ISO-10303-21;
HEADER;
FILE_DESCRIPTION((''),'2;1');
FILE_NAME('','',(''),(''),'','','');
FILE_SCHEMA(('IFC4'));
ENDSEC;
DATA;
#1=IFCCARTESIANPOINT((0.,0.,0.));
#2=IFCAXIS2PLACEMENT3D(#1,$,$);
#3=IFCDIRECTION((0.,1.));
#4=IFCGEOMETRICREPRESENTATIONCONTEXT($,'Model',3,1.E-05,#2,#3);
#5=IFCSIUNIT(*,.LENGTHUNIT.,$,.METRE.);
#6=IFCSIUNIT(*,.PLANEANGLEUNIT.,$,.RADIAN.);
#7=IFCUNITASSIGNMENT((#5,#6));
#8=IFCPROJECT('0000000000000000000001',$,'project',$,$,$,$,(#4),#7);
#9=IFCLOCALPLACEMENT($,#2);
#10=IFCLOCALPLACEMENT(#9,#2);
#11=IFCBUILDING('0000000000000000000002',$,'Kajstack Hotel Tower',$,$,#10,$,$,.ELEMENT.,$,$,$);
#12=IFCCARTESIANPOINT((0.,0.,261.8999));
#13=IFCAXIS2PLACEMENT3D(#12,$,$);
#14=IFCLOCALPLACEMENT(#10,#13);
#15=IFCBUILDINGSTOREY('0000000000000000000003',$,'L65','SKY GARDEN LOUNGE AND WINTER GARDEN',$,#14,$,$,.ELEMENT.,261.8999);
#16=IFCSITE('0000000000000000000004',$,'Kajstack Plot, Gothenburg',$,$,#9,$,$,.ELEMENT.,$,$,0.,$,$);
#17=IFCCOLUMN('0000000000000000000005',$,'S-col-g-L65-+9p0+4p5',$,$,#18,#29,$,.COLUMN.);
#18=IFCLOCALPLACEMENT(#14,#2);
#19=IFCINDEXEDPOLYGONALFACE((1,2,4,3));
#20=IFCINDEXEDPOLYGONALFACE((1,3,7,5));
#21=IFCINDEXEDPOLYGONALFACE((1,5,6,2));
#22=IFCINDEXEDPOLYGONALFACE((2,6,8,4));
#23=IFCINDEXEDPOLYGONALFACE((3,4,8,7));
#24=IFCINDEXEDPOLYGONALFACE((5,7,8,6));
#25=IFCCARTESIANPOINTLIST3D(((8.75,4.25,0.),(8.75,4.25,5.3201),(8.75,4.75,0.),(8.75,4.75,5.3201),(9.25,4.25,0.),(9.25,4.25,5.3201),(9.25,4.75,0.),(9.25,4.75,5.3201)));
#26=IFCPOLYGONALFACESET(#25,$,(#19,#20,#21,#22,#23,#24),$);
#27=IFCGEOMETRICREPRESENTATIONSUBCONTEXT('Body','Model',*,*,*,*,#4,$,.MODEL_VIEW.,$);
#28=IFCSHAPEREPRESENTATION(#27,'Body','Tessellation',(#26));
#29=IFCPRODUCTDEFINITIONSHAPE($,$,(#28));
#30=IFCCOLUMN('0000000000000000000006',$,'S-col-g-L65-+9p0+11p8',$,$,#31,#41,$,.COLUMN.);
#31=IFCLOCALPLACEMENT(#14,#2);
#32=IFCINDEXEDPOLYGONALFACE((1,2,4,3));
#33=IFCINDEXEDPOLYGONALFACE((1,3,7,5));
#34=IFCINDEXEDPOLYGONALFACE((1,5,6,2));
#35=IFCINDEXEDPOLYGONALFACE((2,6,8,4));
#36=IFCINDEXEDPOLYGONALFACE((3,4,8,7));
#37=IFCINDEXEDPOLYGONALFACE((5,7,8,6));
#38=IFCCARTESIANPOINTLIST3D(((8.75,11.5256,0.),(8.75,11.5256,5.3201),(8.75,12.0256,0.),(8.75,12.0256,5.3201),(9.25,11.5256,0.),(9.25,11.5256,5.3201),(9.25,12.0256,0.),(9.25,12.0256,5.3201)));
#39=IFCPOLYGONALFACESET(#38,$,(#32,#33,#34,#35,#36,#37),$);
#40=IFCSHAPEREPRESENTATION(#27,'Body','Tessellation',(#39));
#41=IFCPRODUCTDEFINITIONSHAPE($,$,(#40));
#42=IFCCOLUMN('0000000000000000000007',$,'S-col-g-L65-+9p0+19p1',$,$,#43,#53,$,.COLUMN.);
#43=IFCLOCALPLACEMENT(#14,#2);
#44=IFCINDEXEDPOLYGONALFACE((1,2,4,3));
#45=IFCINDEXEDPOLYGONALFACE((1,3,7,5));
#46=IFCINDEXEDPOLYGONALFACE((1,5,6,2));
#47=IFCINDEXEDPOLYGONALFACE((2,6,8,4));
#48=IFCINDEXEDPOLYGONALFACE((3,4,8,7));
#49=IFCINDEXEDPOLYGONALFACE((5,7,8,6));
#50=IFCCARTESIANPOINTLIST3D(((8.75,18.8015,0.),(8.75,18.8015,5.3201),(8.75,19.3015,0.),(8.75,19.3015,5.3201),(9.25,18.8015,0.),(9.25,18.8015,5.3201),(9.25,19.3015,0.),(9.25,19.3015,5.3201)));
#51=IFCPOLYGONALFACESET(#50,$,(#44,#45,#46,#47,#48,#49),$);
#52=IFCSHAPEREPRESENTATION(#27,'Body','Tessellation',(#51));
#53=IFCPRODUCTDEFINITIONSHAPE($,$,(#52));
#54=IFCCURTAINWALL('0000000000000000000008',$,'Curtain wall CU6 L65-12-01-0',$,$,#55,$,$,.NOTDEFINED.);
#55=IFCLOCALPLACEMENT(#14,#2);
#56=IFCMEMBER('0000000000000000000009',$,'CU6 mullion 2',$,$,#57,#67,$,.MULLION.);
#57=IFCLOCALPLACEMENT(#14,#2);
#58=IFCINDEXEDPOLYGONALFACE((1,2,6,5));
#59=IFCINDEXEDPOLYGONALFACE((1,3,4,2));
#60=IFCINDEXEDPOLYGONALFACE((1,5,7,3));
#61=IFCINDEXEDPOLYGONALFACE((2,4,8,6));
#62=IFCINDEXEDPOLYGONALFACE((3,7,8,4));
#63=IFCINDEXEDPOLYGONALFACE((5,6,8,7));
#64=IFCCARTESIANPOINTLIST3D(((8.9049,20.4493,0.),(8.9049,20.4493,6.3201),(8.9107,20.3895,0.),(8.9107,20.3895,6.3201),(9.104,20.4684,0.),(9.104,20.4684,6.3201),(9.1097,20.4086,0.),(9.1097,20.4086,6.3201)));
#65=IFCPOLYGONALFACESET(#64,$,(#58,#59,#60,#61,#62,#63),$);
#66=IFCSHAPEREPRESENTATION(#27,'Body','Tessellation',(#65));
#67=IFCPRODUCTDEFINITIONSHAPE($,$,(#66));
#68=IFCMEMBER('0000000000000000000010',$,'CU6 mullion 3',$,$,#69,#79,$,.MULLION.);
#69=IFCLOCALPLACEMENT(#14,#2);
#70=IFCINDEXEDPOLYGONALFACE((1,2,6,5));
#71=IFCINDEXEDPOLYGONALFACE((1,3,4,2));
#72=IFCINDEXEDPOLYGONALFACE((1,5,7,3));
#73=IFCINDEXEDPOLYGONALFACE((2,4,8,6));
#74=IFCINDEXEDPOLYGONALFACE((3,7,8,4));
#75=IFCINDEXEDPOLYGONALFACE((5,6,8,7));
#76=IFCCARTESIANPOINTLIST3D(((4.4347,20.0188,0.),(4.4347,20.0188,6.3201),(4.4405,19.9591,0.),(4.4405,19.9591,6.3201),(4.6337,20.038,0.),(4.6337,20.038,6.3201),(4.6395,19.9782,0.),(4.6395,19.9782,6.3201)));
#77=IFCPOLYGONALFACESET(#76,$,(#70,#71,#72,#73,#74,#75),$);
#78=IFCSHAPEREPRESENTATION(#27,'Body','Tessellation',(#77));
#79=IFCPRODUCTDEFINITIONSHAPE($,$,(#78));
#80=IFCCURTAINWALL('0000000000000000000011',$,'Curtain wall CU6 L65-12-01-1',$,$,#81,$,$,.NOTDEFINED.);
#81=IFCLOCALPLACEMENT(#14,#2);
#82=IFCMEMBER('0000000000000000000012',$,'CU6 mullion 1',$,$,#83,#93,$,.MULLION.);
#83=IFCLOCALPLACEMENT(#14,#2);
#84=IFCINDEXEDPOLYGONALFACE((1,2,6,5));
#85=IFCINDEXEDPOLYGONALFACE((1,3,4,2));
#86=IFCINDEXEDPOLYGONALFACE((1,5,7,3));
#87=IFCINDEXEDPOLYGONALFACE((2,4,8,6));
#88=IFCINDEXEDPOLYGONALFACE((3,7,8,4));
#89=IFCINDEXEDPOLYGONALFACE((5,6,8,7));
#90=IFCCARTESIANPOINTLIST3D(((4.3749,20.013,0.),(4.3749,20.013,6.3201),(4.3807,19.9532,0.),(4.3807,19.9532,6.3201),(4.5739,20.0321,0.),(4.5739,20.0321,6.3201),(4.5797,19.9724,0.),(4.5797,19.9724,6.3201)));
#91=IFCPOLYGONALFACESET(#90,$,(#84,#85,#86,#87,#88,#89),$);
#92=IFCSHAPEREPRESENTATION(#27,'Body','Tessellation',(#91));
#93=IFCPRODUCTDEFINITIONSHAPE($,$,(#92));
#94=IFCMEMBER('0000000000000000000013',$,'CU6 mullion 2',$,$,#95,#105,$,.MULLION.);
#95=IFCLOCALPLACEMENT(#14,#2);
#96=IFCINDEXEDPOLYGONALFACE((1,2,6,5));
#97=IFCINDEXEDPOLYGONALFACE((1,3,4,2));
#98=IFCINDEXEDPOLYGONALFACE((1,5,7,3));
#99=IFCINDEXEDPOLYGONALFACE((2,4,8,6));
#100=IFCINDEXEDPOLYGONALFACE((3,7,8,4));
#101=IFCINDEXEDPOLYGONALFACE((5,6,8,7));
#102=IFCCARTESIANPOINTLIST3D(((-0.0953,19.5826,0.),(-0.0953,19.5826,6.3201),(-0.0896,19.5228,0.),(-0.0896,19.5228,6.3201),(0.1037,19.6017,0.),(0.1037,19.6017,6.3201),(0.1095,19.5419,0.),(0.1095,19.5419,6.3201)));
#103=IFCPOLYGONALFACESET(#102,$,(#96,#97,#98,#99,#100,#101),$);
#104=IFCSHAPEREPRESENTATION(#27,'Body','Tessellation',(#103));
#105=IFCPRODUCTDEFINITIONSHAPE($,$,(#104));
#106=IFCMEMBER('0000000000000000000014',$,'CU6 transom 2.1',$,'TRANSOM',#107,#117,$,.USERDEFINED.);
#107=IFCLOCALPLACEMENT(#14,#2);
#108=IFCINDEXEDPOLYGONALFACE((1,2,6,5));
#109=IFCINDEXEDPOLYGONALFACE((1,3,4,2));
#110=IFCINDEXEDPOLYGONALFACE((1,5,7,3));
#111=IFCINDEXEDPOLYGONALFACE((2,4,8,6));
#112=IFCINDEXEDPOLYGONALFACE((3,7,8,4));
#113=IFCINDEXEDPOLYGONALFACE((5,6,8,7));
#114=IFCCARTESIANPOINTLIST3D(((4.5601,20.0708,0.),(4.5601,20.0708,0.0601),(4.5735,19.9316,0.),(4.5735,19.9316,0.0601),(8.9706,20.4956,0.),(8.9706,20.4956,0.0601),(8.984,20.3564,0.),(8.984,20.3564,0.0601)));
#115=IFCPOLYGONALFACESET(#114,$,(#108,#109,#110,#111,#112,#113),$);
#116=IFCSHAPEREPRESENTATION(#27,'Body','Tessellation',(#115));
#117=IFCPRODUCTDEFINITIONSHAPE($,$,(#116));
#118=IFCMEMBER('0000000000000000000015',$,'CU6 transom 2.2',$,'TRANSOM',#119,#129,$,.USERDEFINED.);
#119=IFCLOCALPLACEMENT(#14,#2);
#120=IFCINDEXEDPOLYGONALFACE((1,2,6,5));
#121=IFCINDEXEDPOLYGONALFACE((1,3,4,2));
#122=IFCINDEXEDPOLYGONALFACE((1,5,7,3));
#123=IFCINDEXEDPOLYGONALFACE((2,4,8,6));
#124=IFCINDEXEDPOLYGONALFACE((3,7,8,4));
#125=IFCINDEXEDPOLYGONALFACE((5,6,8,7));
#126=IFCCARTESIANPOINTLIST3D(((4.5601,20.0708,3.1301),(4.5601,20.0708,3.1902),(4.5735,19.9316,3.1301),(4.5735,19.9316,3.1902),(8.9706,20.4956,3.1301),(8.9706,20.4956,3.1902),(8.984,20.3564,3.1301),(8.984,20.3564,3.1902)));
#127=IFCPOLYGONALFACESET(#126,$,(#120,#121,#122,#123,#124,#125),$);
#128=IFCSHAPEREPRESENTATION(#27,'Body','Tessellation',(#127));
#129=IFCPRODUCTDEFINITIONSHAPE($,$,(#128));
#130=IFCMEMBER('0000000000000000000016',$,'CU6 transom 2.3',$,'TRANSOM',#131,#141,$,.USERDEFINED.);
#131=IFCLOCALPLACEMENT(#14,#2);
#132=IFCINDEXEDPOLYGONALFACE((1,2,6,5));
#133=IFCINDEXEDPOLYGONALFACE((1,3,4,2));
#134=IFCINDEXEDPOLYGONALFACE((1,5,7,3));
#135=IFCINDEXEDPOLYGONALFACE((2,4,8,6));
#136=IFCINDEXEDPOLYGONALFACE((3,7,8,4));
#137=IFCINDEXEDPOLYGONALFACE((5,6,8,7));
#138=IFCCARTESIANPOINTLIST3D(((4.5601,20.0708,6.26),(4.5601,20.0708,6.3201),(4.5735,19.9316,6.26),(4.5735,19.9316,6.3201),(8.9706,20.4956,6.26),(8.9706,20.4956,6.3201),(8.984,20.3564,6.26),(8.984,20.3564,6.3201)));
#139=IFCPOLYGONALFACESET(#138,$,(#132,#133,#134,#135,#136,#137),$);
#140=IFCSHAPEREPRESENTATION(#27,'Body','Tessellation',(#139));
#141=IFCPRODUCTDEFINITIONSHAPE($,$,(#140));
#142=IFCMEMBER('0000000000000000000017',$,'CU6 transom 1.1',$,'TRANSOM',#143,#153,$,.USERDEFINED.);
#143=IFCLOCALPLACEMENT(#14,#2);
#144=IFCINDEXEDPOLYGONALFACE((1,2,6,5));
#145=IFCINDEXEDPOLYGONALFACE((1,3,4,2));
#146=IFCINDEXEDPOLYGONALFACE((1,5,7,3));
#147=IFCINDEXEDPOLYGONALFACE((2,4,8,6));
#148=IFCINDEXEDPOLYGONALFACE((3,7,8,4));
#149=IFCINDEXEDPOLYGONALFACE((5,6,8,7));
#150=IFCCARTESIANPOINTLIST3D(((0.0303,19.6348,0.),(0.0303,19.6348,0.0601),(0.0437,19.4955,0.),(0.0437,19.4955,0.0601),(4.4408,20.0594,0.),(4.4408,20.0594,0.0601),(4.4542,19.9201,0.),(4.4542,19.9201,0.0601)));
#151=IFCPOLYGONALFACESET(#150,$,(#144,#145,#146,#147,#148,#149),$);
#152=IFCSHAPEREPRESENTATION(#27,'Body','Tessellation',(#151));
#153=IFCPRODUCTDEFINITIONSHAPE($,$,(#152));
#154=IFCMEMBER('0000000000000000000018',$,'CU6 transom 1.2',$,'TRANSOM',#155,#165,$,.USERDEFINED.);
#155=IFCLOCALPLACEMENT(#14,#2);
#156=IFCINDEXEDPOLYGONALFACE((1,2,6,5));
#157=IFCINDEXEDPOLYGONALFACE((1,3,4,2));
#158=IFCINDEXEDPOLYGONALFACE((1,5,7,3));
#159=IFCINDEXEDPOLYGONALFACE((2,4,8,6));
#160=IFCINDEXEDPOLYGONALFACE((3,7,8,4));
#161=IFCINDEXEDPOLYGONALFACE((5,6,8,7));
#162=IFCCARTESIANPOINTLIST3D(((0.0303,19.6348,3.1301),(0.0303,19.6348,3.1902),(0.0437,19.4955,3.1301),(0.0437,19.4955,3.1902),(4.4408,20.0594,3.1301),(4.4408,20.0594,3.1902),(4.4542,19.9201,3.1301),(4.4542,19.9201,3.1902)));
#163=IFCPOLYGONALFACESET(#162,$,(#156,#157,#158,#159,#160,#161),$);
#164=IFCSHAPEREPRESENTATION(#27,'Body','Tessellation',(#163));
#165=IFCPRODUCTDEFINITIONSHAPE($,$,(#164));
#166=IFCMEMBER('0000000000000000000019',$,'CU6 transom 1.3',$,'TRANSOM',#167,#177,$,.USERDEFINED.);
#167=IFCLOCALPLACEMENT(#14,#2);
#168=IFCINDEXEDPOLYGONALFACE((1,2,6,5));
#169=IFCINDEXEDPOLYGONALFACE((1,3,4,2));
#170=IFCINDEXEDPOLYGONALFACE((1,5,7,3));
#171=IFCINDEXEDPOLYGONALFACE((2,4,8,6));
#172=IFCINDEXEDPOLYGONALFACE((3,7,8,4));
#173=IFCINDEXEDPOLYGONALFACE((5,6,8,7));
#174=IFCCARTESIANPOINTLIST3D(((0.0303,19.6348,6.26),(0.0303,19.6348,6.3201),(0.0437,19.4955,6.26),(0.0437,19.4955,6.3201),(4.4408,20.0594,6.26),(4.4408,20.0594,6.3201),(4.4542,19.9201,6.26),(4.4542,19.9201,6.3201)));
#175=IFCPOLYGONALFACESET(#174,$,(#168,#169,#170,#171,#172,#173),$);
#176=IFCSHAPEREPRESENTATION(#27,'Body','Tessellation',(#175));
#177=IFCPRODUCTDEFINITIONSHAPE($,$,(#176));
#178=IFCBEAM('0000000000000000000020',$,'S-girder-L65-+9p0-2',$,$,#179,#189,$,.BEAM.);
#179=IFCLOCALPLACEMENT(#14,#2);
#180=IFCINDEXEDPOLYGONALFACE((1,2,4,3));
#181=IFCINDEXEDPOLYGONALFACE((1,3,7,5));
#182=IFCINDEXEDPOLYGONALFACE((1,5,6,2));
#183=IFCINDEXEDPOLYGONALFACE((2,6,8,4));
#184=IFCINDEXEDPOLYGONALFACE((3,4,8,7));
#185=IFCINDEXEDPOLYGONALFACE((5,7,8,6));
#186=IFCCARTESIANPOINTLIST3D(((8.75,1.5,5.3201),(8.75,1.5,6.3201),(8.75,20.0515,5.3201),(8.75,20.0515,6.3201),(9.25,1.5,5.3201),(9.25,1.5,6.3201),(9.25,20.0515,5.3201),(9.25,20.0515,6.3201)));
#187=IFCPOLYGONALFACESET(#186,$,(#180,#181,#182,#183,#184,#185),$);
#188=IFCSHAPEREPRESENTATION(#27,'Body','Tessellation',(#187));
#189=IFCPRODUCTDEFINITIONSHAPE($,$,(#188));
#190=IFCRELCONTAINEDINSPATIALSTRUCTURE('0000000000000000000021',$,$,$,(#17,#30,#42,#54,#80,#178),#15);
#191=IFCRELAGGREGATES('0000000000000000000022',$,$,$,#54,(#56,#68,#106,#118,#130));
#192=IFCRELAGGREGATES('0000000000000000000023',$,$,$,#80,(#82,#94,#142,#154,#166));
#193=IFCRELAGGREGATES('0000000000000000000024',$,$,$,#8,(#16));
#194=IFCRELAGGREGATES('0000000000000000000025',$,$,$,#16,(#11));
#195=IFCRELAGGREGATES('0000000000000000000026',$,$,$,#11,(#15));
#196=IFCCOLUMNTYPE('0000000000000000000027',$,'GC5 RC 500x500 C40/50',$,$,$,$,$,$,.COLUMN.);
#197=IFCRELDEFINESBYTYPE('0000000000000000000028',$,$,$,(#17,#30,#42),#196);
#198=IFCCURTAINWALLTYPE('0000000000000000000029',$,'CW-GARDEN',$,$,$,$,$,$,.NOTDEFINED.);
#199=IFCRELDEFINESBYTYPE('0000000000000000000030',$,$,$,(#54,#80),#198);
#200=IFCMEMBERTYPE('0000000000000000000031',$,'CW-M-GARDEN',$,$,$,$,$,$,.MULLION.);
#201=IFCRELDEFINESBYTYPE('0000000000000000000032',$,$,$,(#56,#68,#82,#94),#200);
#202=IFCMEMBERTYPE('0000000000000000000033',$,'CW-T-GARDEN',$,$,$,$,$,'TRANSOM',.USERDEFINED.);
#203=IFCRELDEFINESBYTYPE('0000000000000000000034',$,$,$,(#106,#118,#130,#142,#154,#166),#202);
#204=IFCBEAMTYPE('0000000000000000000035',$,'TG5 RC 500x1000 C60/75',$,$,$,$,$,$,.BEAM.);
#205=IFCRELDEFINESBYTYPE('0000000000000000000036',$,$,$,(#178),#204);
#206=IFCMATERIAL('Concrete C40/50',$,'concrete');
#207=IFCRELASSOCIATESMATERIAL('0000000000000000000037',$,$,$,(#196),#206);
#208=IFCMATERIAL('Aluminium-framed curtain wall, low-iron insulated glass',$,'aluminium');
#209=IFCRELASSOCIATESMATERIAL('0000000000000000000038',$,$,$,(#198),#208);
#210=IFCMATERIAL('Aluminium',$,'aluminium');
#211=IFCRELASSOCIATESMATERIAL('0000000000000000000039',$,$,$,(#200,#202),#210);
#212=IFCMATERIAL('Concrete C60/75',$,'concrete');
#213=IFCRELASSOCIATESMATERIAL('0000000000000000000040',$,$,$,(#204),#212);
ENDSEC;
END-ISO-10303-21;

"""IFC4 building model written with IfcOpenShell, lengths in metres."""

from ifc_helpers import new_model, si_unit, direction, frame, origin, origin_2d, place, context, subcontext, project, spatial, rectangle, extrude, material, material_profile, profile_set, type_object, element, aggregate, save


model = new_model("IFC4")

# Units and contexts
model_context = context("Model", 3, precision=1e-05, world=origin(), true_north=direction((0.0, 1.0)))
body_context = subcontext(model_context, "Body", "Model", "MODEL_VIEW")
ifc_project = project(units=[si_unit("LENGTHUNIT", "METRE"), si_unit("PLANEANGLEUNIT", "RADIAN")], contexts=[model_context])

# Site, building, storey
site_placement = place(None, origin())
site = spatial("IfcSite", under=ifc_project, at=site_placement, Name="Kajstack Plot, Gothenburg", CompositionType="ELEMENT", RefElevation=0.0)
building_placement = place(site_placement, origin())
building = spatial("IfcBuilding", under=site, at=building_placement, Name="Kajstack Hotel Tower", CompositionType="ELEMENT")
storey_placement = place(building_placement, frame((0.0, 0.0, 261.8999)))
storey = spatial("IfcBuildingStorey", under=building, at=storey_placement, Name="L65", Description="SKY GARDEN LOUNGE AND WINTER GARDEN", CompositionType="ELEMENT", Elevation=261.8999)

# Columns
ifc_material_1 = material(Name="Concrete C40/50", Category="concrete")
ifc_material_profile_1 = material_profile(ifc_material_1, rectangle(XDim=0.5, YDim=0.5, at=origin_2d()), Name="RC 500x500")
ifc_profile_set_1 = profile_set([ifc_material_profile_1], Name="Concrete C40/50")
column_type = type_object("IfcColumnType", Name="GC5 RC 500x500 C40/50", PredefinedType="COLUMN", material=ifc_profile_set_1)
for number, where, z_axis, x_axis, name in (
    (1, (9.0, 4.5, 0.0), (0.0, 0.0, 1.0), (1.0, 0.0, 0.0), "S-col-g-L65-+9p0+4p5"),
    (2, (9.0, 11.7756, 0.0), (0.0, 0.0, 1.0), (1.0, 0.0, 0.0), "S-col-g-L65-+9p0+11p8"),
    (3, (9.0, 19.0515, 0.0), (0.0, 0.0, 1.0), (1.0, 0.0, 0.0), "S-col-g-L65-+9p0+19p1"),
):
    element("IfcColumn", number, at=place(storey_placement, frame(where, z_axis=z_axis, x_axis=x_axis)), inside=storey, type_object=column_type, Name=name, PredefinedType="COLUMN", context=body_context, shape_type="SweptSolid", body=[
        extrude(rectangle(XDim=0.5, YDim=0.5, at=origin_2d()), origin(), (0.0, 0.0, 1.0), 5.3201),
    ])

# Curtain walls, members
ifc_material_2 = material(Name="Aluminium-framed curtain wall, low-iron insulated glass", Category="aluminium")
curtain_wall_type = type_object("IfcCurtainWallType", Name="CW-GARDEN", PredefinedType="NOTDEFINED", material=ifc_material_2)
curtain_wall_1_placement = place(storey_placement, origin())
curtain_wall_1 = element("IfcCurtainWall", 4, at=curtain_wall_1_placement, inside=storey, type_object=curtain_wall_type, Name="Curtain wall CU6 L65-12-01-0", PredefinedType="NOTDEFINED")
ifc_material_3 = material(Name="Aluminium", Category="aluminium")
ifc_material_profile_2 = material_profile(ifc_material_3, rectangle(XDim=0.0601, YDim=0.2, at=origin_2d()), Name="Aluminium mullion 60 x 200")
ifc_profile_set_2 = profile_set([ifc_material_profile_2], Name="Aluminium")
member_type_1 = type_object("IfcMemberType", Name="CW-M-GARDEN", PredefinedType="MULLION", material=ifc_profile_set_2)
member_1_placement = place(storey_placement, frame((9.0073, 20.429, 0.0), z_axis=(0.0, 0.0, 1.0), x_axis=(0.095846, -0.995396, 0.0)))
member_1 = element("IfcMember", 5, at=member_1_placement, type_object=member_type_1, Name="CU6 mullion 2", PredefinedType="MULLION", context=body_context, shape_type="SweptSolid", body=[
    extrude(rectangle(XDim=0.0601, YDim=0.2, at=origin_2d()), origin(), (0.0, 0.0, 1.0), 6.3201),
])
member_2_placement = place(storey_placement, frame((4.5371, 19.9985, 0.0), z_axis=(0.0, 0.0, 1.0), x_axis=(0.095846, -0.995396, 0.0)))
member_2 = element("IfcMember", 6, at=member_2_placement, type_object=member_type_1, Name="CU6 mullion 3", PredefinedType="MULLION", context=body_context, shape_type="SweptSolid", body=[
    extrude(rectangle(XDim=0.0601, YDim=0.2, at=origin_2d()), origin(), (0.0, 0.0, 1.0), 6.3201),
])
curtain_wall_2_placement = place(storey_placement, origin())
curtain_wall_2 = element("IfcCurtainWall", 7, at=curtain_wall_2_placement, inside=storey, type_object=curtain_wall_type, Name="Curtain wall CU6 L65-12-01-1", PredefinedType="NOTDEFINED")
member_3_placement = place(storey_placement, frame((4.4773, 19.9927, 0.0), z_axis=(0.0, 0.0, 1.0), x_axis=(0.095846, -0.995396, 0.0)))
member_3 = element("IfcMember", 8, at=member_3_placement, type_object=member_type_1, Name="CU6 mullion 1", PredefinedType="MULLION", context=body_context, shape_type="SweptSolid", body=[
    extrude(rectangle(XDim=0.0601, YDim=0.2, at=origin_2d()), origin(), (0.0, 0.0, 1.0), 6.3201),
])
member_4_placement = place(storey_placement, frame((0.0071, 19.5623, 0.0), z_axis=(0.0, 0.0, 1.0), x_axis=(0.095846, -0.995396, 0.0)))
member_4 = element("IfcMember", 9, at=member_4_placement, type_object=member_type_1, Name="CU6 mullion 2", PredefinedType="MULLION", context=body_context, shape_type="SweptSolid", body=[
    extrude(rectangle(XDim=0.0601, YDim=0.2, at=origin_2d()), origin(), (0.0, 0.0, 1.0), 6.3201),
])

# Members
ifc_material_profile_3 = material_profile(ifc_material_3, rectangle(XDim=0.1399, YDim=0.0601, at=origin_2d()), Name="Aluminium transom 140 x 60")
ifc_profile_set_3 = profile_set([ifc_material_profile_3], Name="Aluminium")
member_type_2 = type_object("IfcMemberType", Name="CW-T-GARDEN", ElementType="TRANSOM", PredefinedType="USERDEFINED", material=ifc_profile_set_3)
member_5_placement = place(storey_placement, frame((8.9773, 20.426, 0.03), z_axis=(-0.995393, -0.095875, 0.0), x_axis=(0.095875, -0.995393, 0.0)))
member_5 = element("IfcMember", 10, at=member_5_placement, type_object=member_type_2, Name="CU6 transom 2.1", ObjectType="TRANSOM", PredefinedType="USERDEFINED", context=body_context, shape_type="SweptSolid", body=[
    extrude(rectangle(XDim=0.1399, YDim=0.0601, at=origin_2d()), origin(), (0.0, 0.0, 1.0), 4.4309),
])
member_6_placement = place(storey_placement, frame((8.9773, 20.426, 3.1602), z_axis=(-0.995393, -0.095875, 0.0), x_axis=(0.095875, -0.995393, 0.0)))
member_6 = element("IfcMember", 11, at=member_6_placement, type_object=member_type_2, Name="CU6 transom 2.2", ObjectType="TRANSOM", PredefinedType="USERDEFINED", context=body_context, shape_type="SweptSolid", body=[
    extrude(rectangle(XDim=0.1399, YDim=0.0601, at=origin_2d()), origin(), (0.0, 0.0, 1.0), 4.4309),
])
member_7_placement = place(storey_placement, frame((8.9773, 20.426, 6.29), z_axis=(-0.995393, -0.095875, 0.0), x_axis=(0.095875, -0.995393, 0.0)))
member_7 = element("IfcMember", 12, at=member_7_placement, type_object=member_type_2, Name="CU6 transom 2.3", ObjectType="TRANSOM", PredefinedType="USERDEFINED", context=body_context, shape_type="SweptSolid", body=[
    extrude(rectangle(XDim=0.1399, YDim=0.0601, at=origin_2d()), origin(), (0.0, 0.0, 1.0), 4.4309),
])
member_8_placement = place(storey_placement, frame((4.4475, 19.9897, 0.03), z_axis=(-0.995399, -0.095821, 0.0), x_axis=(0.095821, -0.995399, 0.0)))
member_8 = element("IfcMember", 13, at=member_8_placement, type_object=member_type_2, Name="CU6 transom 1.1", ObjectType="TRANSOM", PredefinedType="USERDEFINED", context=body_context, shape_type="SweptSolid", body=[
    extrude(rectangle(XDim=0.1399, YDim=0.0601, at=origin_2d()), origin(), (0.0, 0.0, 1.0), 4.4309),
])
member_9_placement = place(storey_placement, frame((4.4475, 19.9897, 3.1602), z_axis=(-0.995399, -0.095821, 0.0), x_axis=(0.095821, -0.995399, 0.0)))
member_9 = element("IfcMember", 14, at=member_9_placement, type_object=member_type_2, Name="CU6 transom 1.2", ObjectType="TRANSOM", PredefinedType="USERDEFINED", context=body_context, shape_type="SweptSolid", body=[
    extrude(rectangle(XDim=0.1399, YDim=0.0601, at=origin_2d()), origin(), (0.0, 0.0, 1.0), 4.4309),
])
member_10_placement = place(storey_placement, frame((4.4475, 19.9897, 6.29), z_axis=(-0.995399, -0.095821, 0.0), x_axis=(0.095821, -0.995399, 0.0)))
member_10 = element("IfcMember", 15, at=member_10_placement, type_object=member_type_2, Name="CU6 transom 1.3", ObjectType="TRANSOM", PredefinedType="USERDEFINED", context=body_context, shape_type="SweptSolid", body=[
    extrude(rectangle(XDim=0.1399, YDim=0.0601, at=origin_2d()), origin(), (0.0, 0.0, 1.0), 4.4309),
])

# Beam
ifc_material_4 = material(Name="Concrete C60/75", Category="concrete")
ifc_material_profile_4 = material_profile(ifc_material_4, rectangle(XDim=0.5, YDim=1.0, at=origin_2d()), Name="RC 500x1000")
ifc_profile_set_4 = profile_set([ifc_material_profile_4], Name="Concrete C60/75")
beam_type = type_object("IfcBeamType", Name="TG5 RC 500x1000 C60/75", PredefinedType="BEAM", material=ifc_profile_set_4)
beam_placement = place(storey_placement, frame((9.0, 1.5, 5.8201), z_axis=(0.0, 1.0, 0.0), x_axis=(-1.0, 0.0, 0.0)))
element("IfcBeam", 16, at=beam_placement, inside=storey, type_object=beam_type, Name="S-girder-L65-+9p0-2", PredefinedType="BEAM", context=body_context, shape_type="SweptSolid", body=[
    extrude(rectangle(XDim=0.5, YDim=1.0, at=origin_2d()), origin(), (0.0, 0.0, 1.0), 18.5515),
])

aggregate(curtain_wall_1, [member_1, member_2, member_5, member_6, member_7])
aggregate(curtain_wall_2, [member_3, member_4, member_8, member_9, member_10])

save(model, "model.ifc")
